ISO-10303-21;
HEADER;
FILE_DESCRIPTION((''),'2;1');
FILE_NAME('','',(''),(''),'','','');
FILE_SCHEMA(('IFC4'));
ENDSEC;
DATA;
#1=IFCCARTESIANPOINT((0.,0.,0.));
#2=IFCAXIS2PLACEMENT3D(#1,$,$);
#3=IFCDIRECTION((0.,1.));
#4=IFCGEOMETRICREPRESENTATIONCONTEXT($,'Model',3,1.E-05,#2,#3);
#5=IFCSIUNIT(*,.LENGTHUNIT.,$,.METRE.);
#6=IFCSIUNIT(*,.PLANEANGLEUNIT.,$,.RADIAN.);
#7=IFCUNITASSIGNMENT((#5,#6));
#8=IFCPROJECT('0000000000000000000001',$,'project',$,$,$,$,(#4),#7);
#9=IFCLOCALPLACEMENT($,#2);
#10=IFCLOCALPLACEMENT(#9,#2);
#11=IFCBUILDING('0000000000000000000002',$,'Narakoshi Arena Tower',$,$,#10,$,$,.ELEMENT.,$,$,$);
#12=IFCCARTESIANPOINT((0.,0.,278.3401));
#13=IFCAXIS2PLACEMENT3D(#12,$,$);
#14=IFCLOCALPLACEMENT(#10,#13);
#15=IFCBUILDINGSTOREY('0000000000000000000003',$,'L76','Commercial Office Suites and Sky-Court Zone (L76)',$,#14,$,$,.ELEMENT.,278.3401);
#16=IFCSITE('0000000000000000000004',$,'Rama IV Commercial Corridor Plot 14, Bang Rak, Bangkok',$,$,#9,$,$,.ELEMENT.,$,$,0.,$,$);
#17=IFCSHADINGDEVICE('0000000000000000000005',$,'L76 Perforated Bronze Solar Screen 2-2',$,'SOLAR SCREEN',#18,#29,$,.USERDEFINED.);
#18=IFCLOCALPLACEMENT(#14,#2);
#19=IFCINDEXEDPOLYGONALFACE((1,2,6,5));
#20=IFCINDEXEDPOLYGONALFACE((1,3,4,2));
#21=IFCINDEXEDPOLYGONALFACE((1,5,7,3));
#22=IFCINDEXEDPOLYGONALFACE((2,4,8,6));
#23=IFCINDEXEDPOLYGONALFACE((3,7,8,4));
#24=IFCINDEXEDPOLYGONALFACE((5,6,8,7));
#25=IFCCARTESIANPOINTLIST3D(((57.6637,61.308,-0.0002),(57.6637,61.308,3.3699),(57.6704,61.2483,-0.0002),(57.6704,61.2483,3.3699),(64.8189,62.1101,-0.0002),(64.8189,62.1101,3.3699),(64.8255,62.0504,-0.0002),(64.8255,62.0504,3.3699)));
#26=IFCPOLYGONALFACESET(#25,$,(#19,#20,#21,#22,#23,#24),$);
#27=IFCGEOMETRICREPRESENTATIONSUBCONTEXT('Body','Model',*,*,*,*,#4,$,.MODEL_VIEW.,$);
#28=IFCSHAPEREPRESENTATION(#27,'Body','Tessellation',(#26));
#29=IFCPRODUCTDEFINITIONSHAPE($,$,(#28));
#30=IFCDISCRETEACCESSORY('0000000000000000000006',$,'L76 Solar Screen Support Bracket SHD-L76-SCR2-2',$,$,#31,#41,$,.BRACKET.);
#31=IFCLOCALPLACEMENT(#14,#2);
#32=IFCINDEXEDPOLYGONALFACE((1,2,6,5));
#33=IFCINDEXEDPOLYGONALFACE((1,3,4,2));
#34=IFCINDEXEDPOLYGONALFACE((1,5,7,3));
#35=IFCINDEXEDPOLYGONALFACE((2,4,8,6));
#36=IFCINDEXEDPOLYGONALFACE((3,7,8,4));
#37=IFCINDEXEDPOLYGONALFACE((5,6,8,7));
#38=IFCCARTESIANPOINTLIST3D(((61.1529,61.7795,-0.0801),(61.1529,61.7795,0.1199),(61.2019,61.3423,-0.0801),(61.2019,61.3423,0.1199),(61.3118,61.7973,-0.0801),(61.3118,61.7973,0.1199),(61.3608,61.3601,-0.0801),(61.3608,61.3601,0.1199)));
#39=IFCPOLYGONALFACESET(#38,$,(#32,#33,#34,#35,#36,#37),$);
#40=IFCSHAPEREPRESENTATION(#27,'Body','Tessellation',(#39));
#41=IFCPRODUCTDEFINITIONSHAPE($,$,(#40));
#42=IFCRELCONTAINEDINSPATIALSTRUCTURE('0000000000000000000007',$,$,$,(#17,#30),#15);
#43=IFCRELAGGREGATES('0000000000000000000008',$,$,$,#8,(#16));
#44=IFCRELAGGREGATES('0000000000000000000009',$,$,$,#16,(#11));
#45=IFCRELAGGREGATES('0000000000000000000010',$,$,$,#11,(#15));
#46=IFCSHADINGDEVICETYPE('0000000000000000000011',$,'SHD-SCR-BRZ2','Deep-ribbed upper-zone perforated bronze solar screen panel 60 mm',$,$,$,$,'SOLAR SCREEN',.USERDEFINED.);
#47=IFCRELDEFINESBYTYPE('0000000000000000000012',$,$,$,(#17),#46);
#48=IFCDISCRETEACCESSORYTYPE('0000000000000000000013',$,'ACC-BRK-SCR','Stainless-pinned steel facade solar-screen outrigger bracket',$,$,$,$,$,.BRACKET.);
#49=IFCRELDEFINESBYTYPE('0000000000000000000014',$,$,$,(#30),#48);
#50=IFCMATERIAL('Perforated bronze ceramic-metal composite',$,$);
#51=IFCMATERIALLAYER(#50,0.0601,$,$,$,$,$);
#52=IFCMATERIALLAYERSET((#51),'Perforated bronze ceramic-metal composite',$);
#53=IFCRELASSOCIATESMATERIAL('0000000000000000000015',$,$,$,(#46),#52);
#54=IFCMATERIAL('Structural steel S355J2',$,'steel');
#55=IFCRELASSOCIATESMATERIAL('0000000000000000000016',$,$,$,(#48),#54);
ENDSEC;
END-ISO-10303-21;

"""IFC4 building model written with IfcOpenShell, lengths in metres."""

from ifc_helpers import new_model, si_unit, direction, frame, origin, origin_2d, place, context, subcontext, project, spatial, rectangle, extrude, material, layer, layer_set, type_object, element, save


model = new_model("IFC4")

# Units and contexts
model_context = context("Model", 3, precision=1e-05, world=origin(), true_north=direction((0.0, 1.0)))
body_context = subcontext(model_context, "Body", "Model", "MODEL_VIEW")
ifc_project = project(units=[si_unit("LENGTHUNIT", "METRE"), si_unit("PLANEANGLEUNIT", "RADIAN")], contexts=[model_context])

# Site, building, storey
site_placement = place(None, origin())
site = spatial("IfcSite", under=ifc_project, at=site_placement, Name="Rama IV Commercial Corridor Plot 14, Bang Rak, Bangkok", CompositionType="ELEMENT", RefElevation=0.0)
building_placement = place(site_placement, origin())
building = spatial("IfcBuilding", under=site, at=building_placement, Name="Narakoshi Arena Tower", CompositionType="ELEMENT")
storey_placement = place(building_placement, frame((0.0, 0.0, 278.3401)))
storey = spatial("IfcBuildingStorey", under=building, at=storey_placement, Name="L76", Description="Commercial Office Suites and Sky-Court Zone (L76)", CompositionType="ELEMENT", Elevation=278.3401)

# Shared definitions
ifc_material_1 = material(Name="Structural steel S355J2", Category="steel")

# Shading device
ifc_material_2 = material(Name="Perforated bronze ceramic-metal composite")
ifc_layer_1 = layer(ifc_material_2, 0.0601)
ifc_layer_set_1 = layer_set([ifc_layer_1], Name="Perforated bronze ceramic-metal composite")
shading_device_type = type_object("IfcShadingDeviceType", Name="SHD-SCR-BRZ2", Description="Deep-ribbed upper-zone perforated bronze solar screen panel 60 mm", ElementType="SOLAR SCREEN", PredefinedType="USERDEFINED", material=ifc_layer_set_1)
shading_device_placement = place(storey_placement, frame((61.2446, 61.6792, -0.0002), z_axis=(0.0, 0.0, 1.0), x_axis=(-0.993776, -0.1114, 0.0)))
element("IfcShadingDevice", 1, at=shading_device_placement, inside=storey, type_object=shading_device_type, Name="L76 Perforated Bronze Solar Screen 2-2", ObjectType="SOLAR SCREEN", PredefinedType="USERDEFINED", context=body_context, shape_type="SweptSolid", body=[
    extrude(rectangle(XDim=7.2, YDim=0.0601, at=origin_2d()), origin(), (0.0, 0.0, 1.0), 3.3701),
])

# Discrete accessory
discrete_accessory_type = type_object("IfcDiscreteAccessoryType", Name="ACC-BRK-SCR", Description="Stainless-pinned steel facade solar-screen outrigger bracket", PredefinedType="BRACKET", material=ifc_material_1)
discrete_accessory_placement = place(storey_placement, frame((61.2568, 61.5698, -0.0801), z_axis=(0.0, 0.0, 1.0), x_axis=(-0.993776, -0.1114, 0.0)))
element("IfcDiscreteAccessory", 2, at=discrete_accessory_placement, inside=storey, type_object=discrete_accessory_type, Name="L76 Solar Screen Support Bracket SHD-L76-SCR2-2", PredefinedType="BRACKET", context=body_context, shape_type="SweptSolid", body=[
    extrude(rectangle(XDim=0.1599, YDim=0.4399, at=origin_2d()), origin(), (0.0, 0.0, 1.0), 0.2),
])

save(model, "model.ifc")
